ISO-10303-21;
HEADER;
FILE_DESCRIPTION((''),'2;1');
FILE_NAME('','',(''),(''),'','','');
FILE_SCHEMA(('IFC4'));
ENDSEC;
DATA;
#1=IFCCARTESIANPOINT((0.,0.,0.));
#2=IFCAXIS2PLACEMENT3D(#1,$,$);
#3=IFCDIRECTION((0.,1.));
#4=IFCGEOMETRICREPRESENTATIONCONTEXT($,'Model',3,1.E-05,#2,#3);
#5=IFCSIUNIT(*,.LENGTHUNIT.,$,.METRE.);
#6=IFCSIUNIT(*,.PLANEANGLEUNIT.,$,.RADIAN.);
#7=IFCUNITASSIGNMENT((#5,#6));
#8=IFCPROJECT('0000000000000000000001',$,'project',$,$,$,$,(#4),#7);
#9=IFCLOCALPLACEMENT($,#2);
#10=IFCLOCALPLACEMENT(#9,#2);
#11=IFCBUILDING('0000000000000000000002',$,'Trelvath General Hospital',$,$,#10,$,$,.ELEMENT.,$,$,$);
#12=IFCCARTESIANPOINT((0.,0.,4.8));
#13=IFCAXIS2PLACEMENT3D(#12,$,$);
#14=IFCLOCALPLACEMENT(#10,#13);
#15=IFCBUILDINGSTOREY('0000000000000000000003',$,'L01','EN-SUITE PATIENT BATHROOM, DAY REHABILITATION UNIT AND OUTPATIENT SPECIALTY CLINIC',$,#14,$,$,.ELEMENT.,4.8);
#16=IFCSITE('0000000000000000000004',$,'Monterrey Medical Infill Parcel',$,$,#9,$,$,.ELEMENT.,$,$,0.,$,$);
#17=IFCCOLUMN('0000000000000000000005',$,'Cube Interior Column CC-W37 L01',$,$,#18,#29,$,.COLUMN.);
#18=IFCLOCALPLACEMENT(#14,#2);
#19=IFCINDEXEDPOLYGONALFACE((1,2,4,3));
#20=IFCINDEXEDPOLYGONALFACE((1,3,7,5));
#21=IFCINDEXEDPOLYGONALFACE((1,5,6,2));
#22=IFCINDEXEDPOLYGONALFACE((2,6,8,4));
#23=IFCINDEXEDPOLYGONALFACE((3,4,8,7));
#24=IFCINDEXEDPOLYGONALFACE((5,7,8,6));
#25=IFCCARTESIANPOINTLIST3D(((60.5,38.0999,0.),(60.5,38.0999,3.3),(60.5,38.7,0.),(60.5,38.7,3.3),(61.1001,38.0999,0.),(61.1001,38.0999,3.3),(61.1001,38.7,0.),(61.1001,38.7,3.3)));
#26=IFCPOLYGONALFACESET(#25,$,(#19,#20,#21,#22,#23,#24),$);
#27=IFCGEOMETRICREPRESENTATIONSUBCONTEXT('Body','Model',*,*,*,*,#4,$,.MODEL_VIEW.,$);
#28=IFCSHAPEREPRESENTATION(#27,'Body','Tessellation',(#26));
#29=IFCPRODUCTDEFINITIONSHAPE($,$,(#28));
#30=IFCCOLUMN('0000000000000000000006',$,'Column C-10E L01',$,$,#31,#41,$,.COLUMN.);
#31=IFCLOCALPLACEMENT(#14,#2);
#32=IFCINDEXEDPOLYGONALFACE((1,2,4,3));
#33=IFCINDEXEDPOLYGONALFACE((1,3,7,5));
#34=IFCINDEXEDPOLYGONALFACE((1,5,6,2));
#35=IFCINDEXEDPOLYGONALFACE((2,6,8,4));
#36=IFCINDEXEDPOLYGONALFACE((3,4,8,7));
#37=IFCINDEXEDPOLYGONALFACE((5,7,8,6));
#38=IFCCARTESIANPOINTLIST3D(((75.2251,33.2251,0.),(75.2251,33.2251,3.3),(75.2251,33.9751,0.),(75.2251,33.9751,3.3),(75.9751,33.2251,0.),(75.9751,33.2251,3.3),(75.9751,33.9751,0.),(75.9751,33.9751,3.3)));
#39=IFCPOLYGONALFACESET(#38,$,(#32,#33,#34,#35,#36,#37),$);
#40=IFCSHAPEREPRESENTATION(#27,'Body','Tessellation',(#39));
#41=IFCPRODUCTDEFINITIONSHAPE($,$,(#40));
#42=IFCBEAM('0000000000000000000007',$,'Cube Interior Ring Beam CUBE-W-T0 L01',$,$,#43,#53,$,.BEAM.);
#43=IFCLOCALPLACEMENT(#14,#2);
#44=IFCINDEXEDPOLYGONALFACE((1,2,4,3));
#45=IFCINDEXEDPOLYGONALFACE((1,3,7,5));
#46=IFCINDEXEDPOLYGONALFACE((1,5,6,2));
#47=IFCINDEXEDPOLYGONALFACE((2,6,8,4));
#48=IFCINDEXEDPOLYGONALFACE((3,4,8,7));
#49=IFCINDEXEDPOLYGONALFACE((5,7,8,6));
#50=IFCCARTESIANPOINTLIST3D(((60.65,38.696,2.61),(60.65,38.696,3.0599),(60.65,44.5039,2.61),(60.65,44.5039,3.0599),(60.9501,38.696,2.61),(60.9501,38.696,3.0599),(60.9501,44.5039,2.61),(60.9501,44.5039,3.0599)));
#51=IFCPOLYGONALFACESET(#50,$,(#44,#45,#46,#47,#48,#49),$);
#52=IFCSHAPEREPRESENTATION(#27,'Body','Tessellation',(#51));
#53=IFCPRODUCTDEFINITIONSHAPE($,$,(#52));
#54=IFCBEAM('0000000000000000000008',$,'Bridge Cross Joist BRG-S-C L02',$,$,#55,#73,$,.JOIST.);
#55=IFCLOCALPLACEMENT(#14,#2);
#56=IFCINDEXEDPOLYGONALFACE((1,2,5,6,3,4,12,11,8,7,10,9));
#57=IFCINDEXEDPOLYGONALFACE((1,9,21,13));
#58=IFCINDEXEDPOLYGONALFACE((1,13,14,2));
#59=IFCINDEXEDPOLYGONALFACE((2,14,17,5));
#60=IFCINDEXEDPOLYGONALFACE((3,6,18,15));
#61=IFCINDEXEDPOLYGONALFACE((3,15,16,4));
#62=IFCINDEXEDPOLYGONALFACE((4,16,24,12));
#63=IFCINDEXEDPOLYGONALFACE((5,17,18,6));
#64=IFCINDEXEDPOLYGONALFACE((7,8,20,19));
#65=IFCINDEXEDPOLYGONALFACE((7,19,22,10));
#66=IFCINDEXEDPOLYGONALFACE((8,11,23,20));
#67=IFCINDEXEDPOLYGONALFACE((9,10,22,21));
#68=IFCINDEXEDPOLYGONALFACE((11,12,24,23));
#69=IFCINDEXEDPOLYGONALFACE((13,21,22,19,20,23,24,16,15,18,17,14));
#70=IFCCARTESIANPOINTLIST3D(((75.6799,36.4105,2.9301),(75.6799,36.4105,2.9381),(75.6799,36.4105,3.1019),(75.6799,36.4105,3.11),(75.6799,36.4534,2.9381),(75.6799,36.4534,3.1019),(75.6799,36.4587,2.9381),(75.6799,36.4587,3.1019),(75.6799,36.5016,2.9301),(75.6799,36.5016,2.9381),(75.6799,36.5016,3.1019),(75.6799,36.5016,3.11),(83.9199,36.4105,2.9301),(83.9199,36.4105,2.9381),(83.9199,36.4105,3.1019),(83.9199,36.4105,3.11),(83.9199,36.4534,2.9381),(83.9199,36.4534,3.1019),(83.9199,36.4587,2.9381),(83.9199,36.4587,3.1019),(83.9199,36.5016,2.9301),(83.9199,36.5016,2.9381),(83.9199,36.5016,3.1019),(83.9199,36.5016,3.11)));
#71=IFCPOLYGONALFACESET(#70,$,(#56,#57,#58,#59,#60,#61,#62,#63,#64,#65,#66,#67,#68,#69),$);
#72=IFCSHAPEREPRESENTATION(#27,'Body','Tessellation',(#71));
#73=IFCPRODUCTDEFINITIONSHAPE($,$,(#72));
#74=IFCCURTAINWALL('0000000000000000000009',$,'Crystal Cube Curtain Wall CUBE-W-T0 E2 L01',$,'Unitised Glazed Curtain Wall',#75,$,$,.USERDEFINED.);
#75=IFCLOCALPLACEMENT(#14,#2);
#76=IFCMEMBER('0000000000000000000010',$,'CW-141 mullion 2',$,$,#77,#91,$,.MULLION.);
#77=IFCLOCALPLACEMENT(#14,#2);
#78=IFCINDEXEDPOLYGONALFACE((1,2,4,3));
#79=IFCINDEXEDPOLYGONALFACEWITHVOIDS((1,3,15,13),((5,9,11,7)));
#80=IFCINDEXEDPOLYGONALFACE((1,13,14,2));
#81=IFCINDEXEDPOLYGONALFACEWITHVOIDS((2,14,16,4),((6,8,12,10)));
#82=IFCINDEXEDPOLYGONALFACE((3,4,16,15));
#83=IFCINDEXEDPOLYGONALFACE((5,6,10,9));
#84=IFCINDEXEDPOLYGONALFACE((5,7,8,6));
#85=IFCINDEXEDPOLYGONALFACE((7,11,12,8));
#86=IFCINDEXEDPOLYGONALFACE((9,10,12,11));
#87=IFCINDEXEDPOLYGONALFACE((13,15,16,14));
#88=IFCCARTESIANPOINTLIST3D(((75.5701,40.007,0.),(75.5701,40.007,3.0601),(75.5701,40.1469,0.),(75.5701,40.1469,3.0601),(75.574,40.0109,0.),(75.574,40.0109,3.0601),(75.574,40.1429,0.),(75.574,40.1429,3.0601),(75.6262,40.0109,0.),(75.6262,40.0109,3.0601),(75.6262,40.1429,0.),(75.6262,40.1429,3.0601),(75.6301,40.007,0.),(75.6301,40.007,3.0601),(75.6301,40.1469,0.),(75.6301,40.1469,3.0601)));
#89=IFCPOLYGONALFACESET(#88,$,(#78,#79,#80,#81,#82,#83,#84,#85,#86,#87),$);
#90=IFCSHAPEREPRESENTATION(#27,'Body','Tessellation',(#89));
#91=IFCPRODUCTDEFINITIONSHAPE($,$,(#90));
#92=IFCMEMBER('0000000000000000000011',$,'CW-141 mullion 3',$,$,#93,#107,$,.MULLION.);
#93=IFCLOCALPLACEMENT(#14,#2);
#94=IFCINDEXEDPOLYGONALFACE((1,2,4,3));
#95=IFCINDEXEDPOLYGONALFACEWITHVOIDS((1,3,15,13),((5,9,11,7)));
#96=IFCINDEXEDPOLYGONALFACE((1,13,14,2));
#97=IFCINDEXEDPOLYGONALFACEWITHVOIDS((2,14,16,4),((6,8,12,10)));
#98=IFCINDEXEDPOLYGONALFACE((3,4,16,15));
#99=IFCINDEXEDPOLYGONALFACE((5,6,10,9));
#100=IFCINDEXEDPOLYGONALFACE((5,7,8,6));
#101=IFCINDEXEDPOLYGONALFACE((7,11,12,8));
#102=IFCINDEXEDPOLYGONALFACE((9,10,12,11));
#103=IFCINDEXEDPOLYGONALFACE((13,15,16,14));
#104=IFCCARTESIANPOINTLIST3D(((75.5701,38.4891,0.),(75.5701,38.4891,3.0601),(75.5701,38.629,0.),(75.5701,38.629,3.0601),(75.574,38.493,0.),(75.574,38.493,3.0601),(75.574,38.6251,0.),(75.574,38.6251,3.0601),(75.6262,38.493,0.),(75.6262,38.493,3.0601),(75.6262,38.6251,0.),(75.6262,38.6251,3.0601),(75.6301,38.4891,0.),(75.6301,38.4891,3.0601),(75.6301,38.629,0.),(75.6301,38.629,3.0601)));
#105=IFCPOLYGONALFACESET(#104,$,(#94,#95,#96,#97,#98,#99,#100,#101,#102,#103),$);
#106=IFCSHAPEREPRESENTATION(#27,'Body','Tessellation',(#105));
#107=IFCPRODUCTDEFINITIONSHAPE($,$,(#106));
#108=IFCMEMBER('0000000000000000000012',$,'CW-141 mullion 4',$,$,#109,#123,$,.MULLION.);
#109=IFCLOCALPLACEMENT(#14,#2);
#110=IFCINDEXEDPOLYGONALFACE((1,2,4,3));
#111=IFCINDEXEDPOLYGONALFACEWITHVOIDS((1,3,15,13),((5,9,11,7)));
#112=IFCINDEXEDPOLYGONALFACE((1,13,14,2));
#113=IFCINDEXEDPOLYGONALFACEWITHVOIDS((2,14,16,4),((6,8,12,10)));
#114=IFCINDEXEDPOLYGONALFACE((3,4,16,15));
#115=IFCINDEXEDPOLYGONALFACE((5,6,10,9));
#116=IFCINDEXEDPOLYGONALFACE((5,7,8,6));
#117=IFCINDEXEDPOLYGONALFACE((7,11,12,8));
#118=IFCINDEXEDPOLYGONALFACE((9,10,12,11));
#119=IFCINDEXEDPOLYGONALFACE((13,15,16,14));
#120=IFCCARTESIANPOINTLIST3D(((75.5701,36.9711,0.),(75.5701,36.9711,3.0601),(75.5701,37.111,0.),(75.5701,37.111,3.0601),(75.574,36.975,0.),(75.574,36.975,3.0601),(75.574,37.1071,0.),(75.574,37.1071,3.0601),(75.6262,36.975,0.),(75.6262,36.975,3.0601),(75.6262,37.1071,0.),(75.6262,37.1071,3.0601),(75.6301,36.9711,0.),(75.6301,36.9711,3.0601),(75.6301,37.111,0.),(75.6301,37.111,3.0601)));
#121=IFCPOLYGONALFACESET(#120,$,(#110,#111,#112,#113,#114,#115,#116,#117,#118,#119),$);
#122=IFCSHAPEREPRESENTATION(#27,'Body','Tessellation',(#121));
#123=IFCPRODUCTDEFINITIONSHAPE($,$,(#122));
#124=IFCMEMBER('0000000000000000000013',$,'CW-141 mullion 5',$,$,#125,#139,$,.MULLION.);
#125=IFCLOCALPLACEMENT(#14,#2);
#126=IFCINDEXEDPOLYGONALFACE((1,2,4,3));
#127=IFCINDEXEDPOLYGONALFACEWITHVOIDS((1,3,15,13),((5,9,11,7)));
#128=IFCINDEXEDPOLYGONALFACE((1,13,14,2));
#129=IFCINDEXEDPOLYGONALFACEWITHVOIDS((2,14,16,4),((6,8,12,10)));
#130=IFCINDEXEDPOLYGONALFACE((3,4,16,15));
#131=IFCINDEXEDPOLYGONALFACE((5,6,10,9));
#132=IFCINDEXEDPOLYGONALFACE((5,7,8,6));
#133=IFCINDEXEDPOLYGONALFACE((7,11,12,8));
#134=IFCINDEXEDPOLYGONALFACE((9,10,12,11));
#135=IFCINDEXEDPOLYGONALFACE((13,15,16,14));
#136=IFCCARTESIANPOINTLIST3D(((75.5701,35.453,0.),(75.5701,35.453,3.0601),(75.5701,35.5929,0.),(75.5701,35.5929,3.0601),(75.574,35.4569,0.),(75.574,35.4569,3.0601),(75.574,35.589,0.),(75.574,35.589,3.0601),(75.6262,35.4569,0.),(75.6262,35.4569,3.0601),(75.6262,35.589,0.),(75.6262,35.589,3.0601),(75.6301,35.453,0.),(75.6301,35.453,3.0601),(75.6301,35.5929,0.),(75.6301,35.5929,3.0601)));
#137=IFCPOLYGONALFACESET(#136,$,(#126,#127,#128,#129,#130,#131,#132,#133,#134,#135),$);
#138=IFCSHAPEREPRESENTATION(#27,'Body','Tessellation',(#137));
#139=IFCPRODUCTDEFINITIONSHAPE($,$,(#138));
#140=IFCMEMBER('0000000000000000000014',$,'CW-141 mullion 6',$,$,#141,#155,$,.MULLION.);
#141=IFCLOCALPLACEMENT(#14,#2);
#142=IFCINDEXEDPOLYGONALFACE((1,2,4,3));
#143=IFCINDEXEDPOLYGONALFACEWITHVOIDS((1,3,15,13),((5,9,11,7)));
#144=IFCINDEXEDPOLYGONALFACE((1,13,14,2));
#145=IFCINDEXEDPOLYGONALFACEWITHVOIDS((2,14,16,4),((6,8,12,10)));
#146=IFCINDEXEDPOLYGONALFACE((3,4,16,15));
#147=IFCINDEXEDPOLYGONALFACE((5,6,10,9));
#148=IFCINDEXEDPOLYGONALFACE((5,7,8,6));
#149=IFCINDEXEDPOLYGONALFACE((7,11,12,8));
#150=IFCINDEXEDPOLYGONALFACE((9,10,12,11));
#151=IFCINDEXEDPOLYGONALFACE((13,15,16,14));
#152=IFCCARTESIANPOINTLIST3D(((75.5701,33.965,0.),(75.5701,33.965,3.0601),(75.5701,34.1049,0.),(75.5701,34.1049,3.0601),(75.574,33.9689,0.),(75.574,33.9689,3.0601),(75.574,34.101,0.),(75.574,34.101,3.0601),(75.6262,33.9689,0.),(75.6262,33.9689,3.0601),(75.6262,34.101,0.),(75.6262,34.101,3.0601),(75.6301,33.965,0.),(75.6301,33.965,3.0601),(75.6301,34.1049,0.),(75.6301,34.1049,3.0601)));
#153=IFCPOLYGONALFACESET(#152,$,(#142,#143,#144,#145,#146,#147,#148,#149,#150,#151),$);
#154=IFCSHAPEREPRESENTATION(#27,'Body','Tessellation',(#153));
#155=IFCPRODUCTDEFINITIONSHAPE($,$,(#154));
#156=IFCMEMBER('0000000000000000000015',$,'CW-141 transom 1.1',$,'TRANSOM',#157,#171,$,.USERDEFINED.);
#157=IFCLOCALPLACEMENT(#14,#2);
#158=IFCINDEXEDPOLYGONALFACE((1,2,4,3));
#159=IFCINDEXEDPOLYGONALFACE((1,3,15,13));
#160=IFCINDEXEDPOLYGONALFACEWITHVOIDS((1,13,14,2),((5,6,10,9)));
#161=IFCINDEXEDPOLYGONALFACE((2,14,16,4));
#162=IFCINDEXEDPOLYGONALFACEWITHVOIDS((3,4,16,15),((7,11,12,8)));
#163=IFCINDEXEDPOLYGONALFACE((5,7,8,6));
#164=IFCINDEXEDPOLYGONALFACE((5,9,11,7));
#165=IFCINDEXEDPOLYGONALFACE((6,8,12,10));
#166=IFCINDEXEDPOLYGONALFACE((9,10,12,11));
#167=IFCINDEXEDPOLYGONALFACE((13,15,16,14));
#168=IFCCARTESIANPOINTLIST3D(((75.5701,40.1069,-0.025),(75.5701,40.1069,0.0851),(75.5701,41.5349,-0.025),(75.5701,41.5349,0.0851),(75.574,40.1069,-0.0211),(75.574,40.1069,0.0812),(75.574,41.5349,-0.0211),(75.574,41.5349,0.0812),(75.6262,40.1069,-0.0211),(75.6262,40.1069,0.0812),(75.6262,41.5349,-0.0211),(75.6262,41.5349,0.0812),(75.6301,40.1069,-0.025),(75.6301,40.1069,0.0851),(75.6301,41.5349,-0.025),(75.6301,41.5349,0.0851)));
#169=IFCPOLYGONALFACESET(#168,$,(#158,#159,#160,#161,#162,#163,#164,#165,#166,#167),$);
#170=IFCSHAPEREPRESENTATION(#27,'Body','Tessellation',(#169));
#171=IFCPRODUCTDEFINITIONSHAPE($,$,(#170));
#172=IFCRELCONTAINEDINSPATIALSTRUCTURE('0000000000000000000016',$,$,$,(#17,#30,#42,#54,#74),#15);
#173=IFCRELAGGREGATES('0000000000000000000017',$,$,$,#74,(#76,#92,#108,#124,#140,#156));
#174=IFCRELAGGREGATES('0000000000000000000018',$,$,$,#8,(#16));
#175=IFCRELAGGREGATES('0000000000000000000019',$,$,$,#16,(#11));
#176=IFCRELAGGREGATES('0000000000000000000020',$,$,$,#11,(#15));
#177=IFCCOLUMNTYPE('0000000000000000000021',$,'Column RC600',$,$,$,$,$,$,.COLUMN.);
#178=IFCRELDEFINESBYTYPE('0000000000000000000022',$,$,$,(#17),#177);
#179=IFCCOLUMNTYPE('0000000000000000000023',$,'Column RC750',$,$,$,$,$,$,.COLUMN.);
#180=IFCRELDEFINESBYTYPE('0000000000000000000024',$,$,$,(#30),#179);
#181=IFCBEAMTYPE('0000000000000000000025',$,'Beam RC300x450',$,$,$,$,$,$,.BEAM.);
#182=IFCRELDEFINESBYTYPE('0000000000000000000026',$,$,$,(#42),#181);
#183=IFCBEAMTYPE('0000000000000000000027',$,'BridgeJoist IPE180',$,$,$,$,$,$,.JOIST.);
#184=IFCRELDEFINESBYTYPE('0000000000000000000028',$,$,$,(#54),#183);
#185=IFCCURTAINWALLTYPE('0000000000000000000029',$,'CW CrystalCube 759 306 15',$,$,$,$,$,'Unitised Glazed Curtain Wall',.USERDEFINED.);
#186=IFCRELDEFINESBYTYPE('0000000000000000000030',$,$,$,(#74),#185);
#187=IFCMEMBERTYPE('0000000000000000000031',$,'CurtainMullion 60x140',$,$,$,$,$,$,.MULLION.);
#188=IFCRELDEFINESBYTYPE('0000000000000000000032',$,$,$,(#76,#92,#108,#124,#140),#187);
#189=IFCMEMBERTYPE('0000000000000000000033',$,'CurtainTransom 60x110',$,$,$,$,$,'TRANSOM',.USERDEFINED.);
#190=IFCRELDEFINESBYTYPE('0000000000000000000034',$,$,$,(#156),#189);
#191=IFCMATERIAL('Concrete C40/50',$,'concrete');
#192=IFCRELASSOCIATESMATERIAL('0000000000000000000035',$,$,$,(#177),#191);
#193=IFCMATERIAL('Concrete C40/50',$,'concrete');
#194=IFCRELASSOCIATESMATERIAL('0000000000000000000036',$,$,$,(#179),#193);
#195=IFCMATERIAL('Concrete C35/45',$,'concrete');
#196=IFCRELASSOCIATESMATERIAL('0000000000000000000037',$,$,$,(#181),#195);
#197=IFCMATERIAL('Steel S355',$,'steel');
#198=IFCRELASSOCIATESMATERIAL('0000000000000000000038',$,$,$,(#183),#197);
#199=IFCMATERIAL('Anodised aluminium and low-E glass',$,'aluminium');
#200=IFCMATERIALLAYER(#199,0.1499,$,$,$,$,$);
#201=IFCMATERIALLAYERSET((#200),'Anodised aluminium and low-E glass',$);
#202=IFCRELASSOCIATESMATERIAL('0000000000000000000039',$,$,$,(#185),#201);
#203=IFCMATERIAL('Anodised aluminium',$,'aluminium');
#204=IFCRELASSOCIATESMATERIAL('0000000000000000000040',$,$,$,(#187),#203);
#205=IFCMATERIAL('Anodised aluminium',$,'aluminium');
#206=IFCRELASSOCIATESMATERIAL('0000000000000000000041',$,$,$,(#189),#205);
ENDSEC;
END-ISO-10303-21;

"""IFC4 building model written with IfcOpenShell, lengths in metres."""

from ifc_helpers import new_model, si_unit, direction, frame, origin, origin_2d, place, context, subcontext, project, spatial, rectangle, hollow_rectangle, i_section, extrude, material, layer, layer_set, material_profile, profile_set, type_object, element, aggregate, save


model = new_model("IFC4")

# Units and contexts
model_context = context("Model", 3, precision=1e-05, world=origin(), true_north=direction((0.0, 1.0)))
body_context = subcontext(model_context, "Body", "Model", "MODEL_VIEW")
ifc_project = project(units=[si_unit("LENGTHUNIT", "METRE"), si_unit("PLANEANGLEUNIT", "RADIAN")], contexts=[model_context])

# Site, building, storey
site_placement = place(None, origin())
site = spatial("IfcSite", under=ifc_project, at=site_placement, Name="Monterrey Medical Infill Parcel", CompositionType="ELEMENT", RefElevation=0.0)
building_placement = place(site_placement, origin())
building = spatial("IfcBuilding", under=site, at=building_placement, Name="Trelvath General Hospital", CompositionType="ELEMENT")
storey_placement = place(building_placement, frame((0.0, 0.0, 4.8)))
storey = spatial("IfcBuildingStorey", under=building, at=storey_placement, Name="L01", Description="EN-SUITE PATIENT BATHROOM, DAY REHABILITATION UNIT AND OUTPATIENT SPECIALTY CLINIC", CompositionType="ELEMENT", Elevation=4.8)

# Columns
ifc_material_1 = material(Name="Concrete C40/50", Category="concrete")
ifc_material_profile_1 = material_profile(ifc_material_1, rectangle(XDim=0.6001, YDim=0.6001, at=origin_2d()), Name="RC600x600")
ifc_profile_set_1 = profile_set([ifc_material_profile_1], Name="Concrete C40/50")
column_type_1 = type_object("IfcColumnType", Name="Column RC600", PredefinedType="COLUMN", material=ifc_profile_set_1)
column_1_placement = place(storey_placement, frame((60.8, 38.3999, 0.0), z_axis=(0.0, 0.0, 1.0), x_axis=(1.0, 0.0, 0.0)))
element("IfcColumn", 1, at=column_1_placement, inside=storey, type_object=column_type_1, Name="Cube Interior Column CC-W37 L01", PredefinedType="COLUMN", context=body_context, shape_type="SweptSolid", body=[
    extrude(rectangle(XDim=0.6001, YDim=0.6001, at=origin_2d()), origin(), (0.0, 0.0, 1.0), 3.3),
])
ifc_material_2 = material(Name="Concrete C40/50", Category="concrete")
ifc_material_profile_2 = material_profile(ifc_material_2, rectangle(XDim=0.75, YDim=0.75, at=origin_2d()), Name="RC750x750")
ifc_profile_set_2 = profile_set([ifc_material_profile_2], Name="Concrete C40/50")
column_type_2 = type_object("IfcColumnType", Name="Column RC750", PredefinedType="COLUMN", material=ifc_profile_set_2)
column_2_placement = place(storey_placement, frame((75.6001, 33.6001, 0.0), z_axis=(0.0, 0.0, 1.0), x_axis=(1.0, 0.0, 0.0)))
element("IfcColumn", 2, at=column_2_placement, inside=storey, type_object=column_type_2, Name="Column C-10E L01", PredefinedType="COLUMN", context=body_context, shape_type="SweptSolid", body=[
    extrude(rectangle(XDim=0.75, YDim=0.75, at=origin_2d()), origin(), (0.0, 0.0, 1.0), 3.3),
])

# Beams
ifc_material_3 = material(Name="Concrete C35/45", Category="concrete")
ifc_material_profile_3 = material_profile(ifc_material_3, rectangle(XDim=0.3, YDim=0.45, at=origin_2d()), Name="RCB300x450")
ifc_profile_set_3 = profile_set([ifc_material_profile_3], Name="Concrete C35/45")
beam_type_1 = type_object("IfcBeamType", Name="Beam RC300x450", PredefinedType="BEAM", material=ifc_profile_set_3)
beam_1_placement = place(storey_placement, frame((60.8, 38.696, 2.835), z_axis=(0.0, 1.0, 0.0), x_axis=(-1.0, 0.0, 0.0)))
element("IfcBeam", 3, at=beam_1_placement, inside=storey, type_object=beam_type_1, Name="Cube Interior Ring Beam CUBE-W-T0 L01", PredefinedType="BEAM", context=body_context, shape_type="SweptSolid", body=[
    extrude(rectangle(XDim=0.3, YDim=0.45, at=origin_2d()), origin(), (0.0, 0.0, 1.0), 5.8079),
])
ifc_material_4 = material(Name="Steel S355", Category="steel")
ifc_material_profile_4 = material_profile(ifc_material_4, i_section(OverallWidth=0.0911, OverallDepth=0.1799, WebThickness=0.0054, FlangeThickness=0.0081, at=origin_2d()), Name="IPE180")
ifc_profile_set_4 = profile_set([ifc_material_profile_4], Name="Steel S355")
beam_type_2 = type_object("IfcBeamType", Name="BridgeJoist IPE180", PredefinedType="JOIST", material=ifc_profile_set_4)
beam_2_placement = place(storey_placement, frame((75.6799, 36.4561, 3.02), z_axis=(1.0, 0.0, 0.0), x_axis=(0.0, 1.0, 0.0)))
element("IfcBeam", 4, at=beam_2_placement, inside=storey, type_object=beam_type_2, Name="Bridge Cross Joist BRG-S-C L02", PredefinedType="JOIST", context=body_context, shape_type="SweptSolid", body=[
    extrude(i_section(OverallWidth=0.0911, OverallDepth=0.1799, WebThickness=0.0054, FlangeThickness=0.0081, at=origin_2d()), origin(), (0.0, 0.0, 1.0), 8.24),
])

# Curtain wall, members
ifc_material_5 = material(Name="Anodised aluminium and low-E glass", Category="aluminium")
ifc_layer_1 = layer(ifc_material_5, 0.1499)
ifc_layer_set_1 = layer_set([ifc_layer_1], Name="Anodised aluminium and low-E glass")
curtain_wall_type = type_object("IfcCurtainWallType", Name="CW CrystalCube 759 306 15", ElementType="Unitised Glazed Curtain Wall", PredefinedType="USERDEFINED", material=ifc_layer_set_1)
curtain_wall_placement = place(storey_placement, origin())
curtain_wall = element("IfcCurtainWall", 5, at=curtain_wall_placement, inside=storey, type_object=curtain_wall_type, Name="Crystal Cube Curtain Wall CUBE-W-T0 E2 L01", ObjectType="Unitised Glazed Curtain Wall", PredefinedType="USERDEFINED")
ifc_material_6 = material(Name="Anodised aluminium", Category="aluminium")
ifc_material_profile_5 = material_profile(ifc_material_6, hollow_rectangle(XDim=0.0601, YDim=0.1399, WallThickness=0.0039, at=origin_2d()), Name="RHS60x140x4")
ifc_profile_set_5 = profile_set([ifc_material_profile_5], Name="Anodised aluminium")
member_type_1 = type_object("IfcMemberType", Name="CurtainMullion 60x140", PredefinedType="MULLION", material=ifc_profile_set_5)
member_1_placement = place(storey_placement, frame((75.6001, 40.0769, 0.0), z_axis=(0.0, 0.0, 1.0), x_axis=(1.0, 0.0, 0.0)))
member_1 = element("IfcMember", 6, at=member_1_placement, type_object=member_type_1, Name="CW-141 mullion 2", PredefinedType="MULLION", context=body_context, shape_type="SweptSolid", body=[
    extrude(hollow_rectangle(XDim=0.0601, YDim=0.1399, WallThickness=0.0039, at=origin_2d()), origin(), (0.0, 0.0, 1.0), 3.0601),
])
member_2_placement = place(storey_placement, frame((75.6001, 38.5591, 0.0), z_axis=(0.0, 0.0, 1.0), x_axis=(1.0, 0.0, 0.0)))
member_2 = element("IfcMember", 7, at=member_2_placement, type_object=member_type_1, Name="CW-141 mullion 3", PredefinedType="MULLION", context=body_context, shape_type="SweptSolid", body=[
    extrude(hollow_rectangle(XDim=0.0601, YDim=0.1399, WallThickness=0.0039, at=origin_2d()), origin(), (0.0, 0.0, 1.0), 3.0601),
])
member_3_placement = place(storey_placement, frame((75.6001, 37.041, 0.0), z_axis=(0.0, 0.0, 1.0), x_axis=(1.0, 0.0, 0.0)))
member_3 = element("IfcMember", 8, at=member_3_placement, type_object=member_type_1, Name="CW-141 mullion 4", PredefinedType="MULLION", context=body_context, shape_type="SweptSolid", body=[
    extrude(hollow_rectangle(XDim=0.0601, YDim=0.1399, WallThickness=0.0039, at=origin_2d()), origin(), (0.0, 0.0, 1.0), 3.0601),
])
member_4_placement = place(storey_placement, frame((75.6001, 35.5229, 0.0), z_axis=(0.0, 0.0, 1.0), x_axis=(1.0, 0.0, 0.0)))
member_4 = element("IfcMember", 9, at=member_4_placement, type_object=member_type_1, Name="CW-141 mullion 5", PredefinedType="MULLION", context=body_context, shape_type="SweptSolid", body=[
    extrude(hollow_rectangle(XDim=0.0601, YDim=0.1399, WallThickness=0.0039, at=origin_2d()), origin(), (0.0, 0.0, 1.0), 3.0601),
])
member_5_placement = place(storey_placement, frame((75.6001, 34.0349, 0.0), z_axis=(0.0, 0.0, 1.0), x_axis=(1.0, 0.0, 0.0)))
member_5 = element("IfcMember", 10, at=member_5_placement, type_object=member_type_1, Name="CW-141 mullion 6", PredefinedType="MULLION", context=body_context, shape_type="SweptSolid", body=[
    extrude(hollow_rectangle(XDim=0.0601, YDim=0.1399, WallThickness=0.0039, at=origin_2d()), origin(), (0.0, 0.0, 1.0), 3.0601),
])
ifc_material_7 = material(Name="Anodised aluminium", Category="aluminium")
ifc_material_profile_6 = material_profile(ifc_material_7, hollow_rectangle(XDim=0.0601, YDim=0.1101, WallThickness=0.0039, at=origin_2d()), Name="RHS60x110x4")
ifc_profile_set_6 = profile_set([ifc_material_profile_6], Name="Anodised aluminium")
member_type_2 = type_object("IfcMemberType", Name="CurtainTransom 60x110", ElementType="TRANSOM", PredefinedType="USERDEFINED", material=ifc_profile_set_6)
member_6_placement = place(storey_placement, frame((75.6001, 41.5349, 0.03), z_axis=(0.0, -1.0, 0.0), x_axis=(1.0, 0.0, 0.0)))
member_6 = element("IfcMember", 11, at=member_6_placement, type_object=member_type_2, Name="CW-141 transom 1.1", ObjectType="TRANSOM", PredefinedType="USERDEFINED", context=body_context, shape_type="SweptSolid", body=[
    extrude(hollow_rectangle(XDim=0.0601, YDim=0.1101, WallThickness=0.0039, at=origin_2d()), origin(), (0.0, 0.0, 1.0), 1.428),
])
aggregate(curtain_wall, [member_1, member_2, member_3, member_4, member_5, member_6])

save(model, "model.ifc")
